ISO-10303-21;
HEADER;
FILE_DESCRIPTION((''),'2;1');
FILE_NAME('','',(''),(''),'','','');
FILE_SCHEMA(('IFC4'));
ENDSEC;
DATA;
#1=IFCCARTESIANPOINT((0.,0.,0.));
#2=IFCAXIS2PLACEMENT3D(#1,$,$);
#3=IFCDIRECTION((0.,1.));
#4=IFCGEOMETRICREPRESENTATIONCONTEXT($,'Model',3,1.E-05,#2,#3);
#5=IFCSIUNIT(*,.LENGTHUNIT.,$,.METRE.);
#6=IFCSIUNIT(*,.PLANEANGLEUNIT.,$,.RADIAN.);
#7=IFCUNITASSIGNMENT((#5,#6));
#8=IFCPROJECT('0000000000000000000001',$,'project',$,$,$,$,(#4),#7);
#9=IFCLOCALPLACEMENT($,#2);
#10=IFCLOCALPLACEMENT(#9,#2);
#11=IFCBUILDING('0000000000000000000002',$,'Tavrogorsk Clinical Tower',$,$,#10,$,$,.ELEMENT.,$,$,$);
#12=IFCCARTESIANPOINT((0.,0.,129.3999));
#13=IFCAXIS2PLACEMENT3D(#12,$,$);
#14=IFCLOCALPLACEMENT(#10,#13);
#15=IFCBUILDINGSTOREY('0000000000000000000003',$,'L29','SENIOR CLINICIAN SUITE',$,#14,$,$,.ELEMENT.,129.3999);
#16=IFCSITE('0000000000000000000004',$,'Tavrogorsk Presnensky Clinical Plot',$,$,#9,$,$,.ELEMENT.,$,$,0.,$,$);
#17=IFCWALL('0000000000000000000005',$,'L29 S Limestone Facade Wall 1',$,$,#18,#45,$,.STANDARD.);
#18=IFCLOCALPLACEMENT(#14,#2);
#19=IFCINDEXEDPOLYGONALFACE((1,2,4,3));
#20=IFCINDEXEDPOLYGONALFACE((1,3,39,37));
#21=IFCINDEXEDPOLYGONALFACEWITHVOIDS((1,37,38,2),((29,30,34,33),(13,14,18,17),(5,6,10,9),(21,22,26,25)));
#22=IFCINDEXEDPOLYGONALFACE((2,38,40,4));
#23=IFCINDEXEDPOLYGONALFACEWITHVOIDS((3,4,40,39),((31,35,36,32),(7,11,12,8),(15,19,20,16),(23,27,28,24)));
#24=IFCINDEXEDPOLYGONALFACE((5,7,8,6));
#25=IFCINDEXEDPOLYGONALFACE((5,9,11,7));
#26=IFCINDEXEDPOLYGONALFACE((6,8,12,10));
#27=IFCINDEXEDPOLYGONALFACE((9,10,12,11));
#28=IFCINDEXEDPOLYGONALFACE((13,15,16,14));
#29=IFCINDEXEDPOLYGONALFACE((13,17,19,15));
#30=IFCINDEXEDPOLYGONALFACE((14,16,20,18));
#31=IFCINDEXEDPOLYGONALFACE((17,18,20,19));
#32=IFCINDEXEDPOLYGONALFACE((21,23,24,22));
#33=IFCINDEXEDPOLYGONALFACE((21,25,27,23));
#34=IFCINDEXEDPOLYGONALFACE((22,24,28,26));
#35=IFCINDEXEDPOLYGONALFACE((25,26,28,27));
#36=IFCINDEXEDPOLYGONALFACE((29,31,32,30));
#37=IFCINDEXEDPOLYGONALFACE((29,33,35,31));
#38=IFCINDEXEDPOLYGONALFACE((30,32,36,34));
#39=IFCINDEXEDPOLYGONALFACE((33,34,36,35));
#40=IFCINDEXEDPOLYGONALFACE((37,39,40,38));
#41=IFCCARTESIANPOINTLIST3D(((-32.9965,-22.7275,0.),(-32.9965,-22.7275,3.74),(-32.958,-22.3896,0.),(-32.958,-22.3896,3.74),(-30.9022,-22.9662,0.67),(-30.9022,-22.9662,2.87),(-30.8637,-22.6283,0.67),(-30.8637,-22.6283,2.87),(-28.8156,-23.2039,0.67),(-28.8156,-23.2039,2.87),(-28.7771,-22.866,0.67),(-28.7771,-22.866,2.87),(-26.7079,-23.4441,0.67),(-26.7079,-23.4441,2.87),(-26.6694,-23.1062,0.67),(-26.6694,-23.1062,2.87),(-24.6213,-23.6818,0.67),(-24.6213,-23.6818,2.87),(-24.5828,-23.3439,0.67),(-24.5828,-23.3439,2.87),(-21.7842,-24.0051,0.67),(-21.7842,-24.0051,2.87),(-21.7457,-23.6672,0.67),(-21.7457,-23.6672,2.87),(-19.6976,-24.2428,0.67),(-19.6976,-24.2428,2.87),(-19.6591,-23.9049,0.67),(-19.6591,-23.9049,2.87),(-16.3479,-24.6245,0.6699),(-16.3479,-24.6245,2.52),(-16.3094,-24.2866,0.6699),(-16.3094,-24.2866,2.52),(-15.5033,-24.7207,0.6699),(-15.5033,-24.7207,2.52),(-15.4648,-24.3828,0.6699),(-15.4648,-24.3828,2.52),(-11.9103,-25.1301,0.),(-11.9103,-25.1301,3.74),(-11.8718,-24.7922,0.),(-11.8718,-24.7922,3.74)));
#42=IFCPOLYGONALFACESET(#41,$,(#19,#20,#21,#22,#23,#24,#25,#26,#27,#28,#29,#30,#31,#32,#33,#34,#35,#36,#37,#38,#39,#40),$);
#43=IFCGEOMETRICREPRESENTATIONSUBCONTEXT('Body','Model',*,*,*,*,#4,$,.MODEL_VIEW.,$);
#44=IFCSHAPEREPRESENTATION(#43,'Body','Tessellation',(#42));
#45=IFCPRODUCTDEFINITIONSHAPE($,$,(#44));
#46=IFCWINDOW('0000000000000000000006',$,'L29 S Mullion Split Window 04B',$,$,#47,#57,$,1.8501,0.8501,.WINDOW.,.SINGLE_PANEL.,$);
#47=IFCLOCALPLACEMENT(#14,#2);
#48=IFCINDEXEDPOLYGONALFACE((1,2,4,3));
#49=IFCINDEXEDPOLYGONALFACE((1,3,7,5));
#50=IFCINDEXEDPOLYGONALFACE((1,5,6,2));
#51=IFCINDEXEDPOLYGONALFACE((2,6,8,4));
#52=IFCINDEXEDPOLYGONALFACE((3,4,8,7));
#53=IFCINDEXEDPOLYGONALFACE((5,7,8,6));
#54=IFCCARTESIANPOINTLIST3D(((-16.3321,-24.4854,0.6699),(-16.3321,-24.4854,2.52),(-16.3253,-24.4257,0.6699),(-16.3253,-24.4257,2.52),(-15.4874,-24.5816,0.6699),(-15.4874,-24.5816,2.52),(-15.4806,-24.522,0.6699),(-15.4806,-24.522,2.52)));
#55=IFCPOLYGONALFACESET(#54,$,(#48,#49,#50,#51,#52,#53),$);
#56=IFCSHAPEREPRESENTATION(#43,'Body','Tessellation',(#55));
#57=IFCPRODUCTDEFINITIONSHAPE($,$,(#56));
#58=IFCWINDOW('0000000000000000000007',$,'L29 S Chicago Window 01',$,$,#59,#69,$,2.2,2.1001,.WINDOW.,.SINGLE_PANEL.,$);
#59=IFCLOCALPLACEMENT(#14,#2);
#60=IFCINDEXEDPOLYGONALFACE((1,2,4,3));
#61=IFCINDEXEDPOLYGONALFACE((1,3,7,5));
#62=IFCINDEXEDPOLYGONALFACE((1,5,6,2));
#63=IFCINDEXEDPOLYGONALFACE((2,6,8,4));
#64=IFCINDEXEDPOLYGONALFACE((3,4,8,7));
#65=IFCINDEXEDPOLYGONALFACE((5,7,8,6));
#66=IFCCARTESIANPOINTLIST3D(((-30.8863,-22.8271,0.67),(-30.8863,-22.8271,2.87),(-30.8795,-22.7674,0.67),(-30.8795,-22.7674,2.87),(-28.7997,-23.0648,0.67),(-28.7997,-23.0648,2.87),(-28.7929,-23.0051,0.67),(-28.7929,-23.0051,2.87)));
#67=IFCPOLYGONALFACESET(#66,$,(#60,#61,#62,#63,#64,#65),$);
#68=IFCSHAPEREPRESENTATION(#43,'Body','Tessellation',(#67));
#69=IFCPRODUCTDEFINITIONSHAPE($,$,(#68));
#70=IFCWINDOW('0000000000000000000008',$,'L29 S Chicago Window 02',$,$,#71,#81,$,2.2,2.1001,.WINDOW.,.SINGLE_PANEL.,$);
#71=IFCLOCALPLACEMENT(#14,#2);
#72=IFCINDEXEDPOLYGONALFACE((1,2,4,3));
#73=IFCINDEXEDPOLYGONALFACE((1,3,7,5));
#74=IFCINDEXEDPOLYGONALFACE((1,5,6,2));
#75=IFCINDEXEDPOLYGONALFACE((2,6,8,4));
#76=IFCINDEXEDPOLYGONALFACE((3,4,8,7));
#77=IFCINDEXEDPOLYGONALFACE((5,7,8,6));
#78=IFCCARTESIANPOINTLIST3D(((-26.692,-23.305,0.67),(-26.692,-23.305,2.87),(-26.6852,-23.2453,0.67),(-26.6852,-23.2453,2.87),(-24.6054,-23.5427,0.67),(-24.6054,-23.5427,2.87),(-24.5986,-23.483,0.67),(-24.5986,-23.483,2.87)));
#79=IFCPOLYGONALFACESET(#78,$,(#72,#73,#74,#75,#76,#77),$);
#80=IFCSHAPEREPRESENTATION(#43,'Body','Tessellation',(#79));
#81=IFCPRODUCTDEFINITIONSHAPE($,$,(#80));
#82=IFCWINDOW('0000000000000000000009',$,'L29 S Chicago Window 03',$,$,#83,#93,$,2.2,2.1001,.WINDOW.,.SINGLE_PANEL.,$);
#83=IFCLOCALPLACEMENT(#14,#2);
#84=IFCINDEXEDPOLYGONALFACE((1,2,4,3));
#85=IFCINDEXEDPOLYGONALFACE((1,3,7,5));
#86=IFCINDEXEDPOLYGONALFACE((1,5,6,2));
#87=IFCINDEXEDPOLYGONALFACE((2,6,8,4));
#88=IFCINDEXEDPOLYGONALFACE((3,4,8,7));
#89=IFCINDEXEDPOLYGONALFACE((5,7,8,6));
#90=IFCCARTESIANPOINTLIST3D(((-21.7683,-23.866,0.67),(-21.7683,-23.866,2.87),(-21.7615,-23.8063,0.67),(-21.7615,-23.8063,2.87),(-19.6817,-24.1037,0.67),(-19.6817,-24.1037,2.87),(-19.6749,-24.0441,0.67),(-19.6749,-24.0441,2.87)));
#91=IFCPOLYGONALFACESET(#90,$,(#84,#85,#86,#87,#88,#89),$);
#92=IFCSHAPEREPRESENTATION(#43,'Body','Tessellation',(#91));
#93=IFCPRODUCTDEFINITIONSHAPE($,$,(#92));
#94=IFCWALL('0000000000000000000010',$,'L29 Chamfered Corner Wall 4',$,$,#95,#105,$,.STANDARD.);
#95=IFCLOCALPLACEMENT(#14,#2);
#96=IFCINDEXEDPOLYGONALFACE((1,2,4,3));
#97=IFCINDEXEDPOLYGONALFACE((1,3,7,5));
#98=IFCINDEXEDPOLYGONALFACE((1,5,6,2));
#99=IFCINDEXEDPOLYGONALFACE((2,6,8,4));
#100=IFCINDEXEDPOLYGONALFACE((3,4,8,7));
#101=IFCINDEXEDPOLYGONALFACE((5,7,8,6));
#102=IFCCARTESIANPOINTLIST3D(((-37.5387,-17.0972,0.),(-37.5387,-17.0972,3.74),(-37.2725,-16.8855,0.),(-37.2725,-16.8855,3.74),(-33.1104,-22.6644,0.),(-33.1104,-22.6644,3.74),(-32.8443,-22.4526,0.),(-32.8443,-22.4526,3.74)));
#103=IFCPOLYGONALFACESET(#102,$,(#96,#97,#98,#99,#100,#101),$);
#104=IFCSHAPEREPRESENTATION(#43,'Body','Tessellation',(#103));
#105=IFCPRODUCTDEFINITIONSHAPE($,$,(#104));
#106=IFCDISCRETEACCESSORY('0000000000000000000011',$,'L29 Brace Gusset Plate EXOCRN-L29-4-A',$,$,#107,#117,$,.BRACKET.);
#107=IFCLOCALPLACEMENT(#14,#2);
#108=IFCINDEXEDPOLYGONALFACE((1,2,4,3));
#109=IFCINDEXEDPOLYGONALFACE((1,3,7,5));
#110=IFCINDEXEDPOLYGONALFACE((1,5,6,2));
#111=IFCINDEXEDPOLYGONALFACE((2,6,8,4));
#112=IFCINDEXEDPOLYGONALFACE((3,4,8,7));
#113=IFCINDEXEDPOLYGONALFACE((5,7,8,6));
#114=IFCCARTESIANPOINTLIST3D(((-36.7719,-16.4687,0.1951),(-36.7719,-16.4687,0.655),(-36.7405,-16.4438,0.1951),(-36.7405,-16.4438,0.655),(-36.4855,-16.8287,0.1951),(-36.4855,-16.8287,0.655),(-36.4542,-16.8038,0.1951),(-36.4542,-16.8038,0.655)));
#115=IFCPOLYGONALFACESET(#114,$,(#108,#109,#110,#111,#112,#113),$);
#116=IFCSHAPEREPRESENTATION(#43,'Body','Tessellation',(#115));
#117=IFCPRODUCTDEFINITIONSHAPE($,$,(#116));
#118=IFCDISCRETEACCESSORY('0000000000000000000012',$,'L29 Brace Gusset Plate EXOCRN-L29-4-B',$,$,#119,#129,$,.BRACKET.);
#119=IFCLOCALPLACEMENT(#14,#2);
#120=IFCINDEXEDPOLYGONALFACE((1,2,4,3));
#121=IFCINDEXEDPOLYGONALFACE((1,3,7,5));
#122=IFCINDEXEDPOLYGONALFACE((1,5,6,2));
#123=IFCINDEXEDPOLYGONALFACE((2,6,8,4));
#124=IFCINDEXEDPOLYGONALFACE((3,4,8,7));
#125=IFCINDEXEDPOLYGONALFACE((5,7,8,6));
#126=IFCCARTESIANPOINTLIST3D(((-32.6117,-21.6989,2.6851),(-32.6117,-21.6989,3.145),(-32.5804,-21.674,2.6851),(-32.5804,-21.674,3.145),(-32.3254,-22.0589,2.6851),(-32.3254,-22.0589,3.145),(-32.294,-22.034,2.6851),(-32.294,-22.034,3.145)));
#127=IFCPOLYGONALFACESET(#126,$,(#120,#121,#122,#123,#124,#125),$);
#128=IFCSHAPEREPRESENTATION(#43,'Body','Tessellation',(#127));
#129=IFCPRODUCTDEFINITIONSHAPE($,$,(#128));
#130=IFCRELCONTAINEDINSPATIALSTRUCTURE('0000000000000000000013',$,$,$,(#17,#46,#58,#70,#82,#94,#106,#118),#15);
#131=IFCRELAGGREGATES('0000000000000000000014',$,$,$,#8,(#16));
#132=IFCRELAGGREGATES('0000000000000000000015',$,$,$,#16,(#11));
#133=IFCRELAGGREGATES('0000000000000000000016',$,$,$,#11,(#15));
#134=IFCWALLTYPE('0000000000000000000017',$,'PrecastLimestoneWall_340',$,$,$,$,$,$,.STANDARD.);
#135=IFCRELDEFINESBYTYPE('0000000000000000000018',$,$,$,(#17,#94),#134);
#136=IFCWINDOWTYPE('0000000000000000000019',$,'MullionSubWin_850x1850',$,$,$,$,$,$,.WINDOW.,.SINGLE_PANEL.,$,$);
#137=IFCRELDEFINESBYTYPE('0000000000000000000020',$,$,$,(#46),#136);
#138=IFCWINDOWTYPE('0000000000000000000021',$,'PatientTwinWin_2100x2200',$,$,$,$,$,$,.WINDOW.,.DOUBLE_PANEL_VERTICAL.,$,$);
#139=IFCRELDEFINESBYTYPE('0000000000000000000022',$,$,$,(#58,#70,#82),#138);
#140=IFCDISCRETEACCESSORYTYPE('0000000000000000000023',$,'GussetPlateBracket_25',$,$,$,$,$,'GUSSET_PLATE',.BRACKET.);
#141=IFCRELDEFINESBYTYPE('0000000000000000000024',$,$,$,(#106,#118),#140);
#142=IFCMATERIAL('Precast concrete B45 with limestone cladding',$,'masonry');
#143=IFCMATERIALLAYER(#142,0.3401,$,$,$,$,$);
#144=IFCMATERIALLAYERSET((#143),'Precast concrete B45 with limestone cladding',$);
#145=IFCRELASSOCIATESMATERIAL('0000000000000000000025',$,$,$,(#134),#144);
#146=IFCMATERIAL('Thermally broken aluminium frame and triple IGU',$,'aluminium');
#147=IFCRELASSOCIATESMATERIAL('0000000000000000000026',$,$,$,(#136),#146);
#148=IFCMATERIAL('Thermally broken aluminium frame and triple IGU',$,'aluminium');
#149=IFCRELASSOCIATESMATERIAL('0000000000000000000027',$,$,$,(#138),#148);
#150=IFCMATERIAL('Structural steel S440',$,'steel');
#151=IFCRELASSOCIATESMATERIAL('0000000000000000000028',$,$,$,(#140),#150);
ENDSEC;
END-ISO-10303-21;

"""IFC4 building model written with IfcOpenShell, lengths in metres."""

from ifc_helpers import new_model, si_unit, direction, frame, frame_2d, origin, origin_2d, place, context, subcontext, project, spatial, rectangle, extrude, material, layer, layer_set, type_object, element, fill, save


model = new_model("IFC4")

# Units and contexts
model_context = context("Model", 3, precision=1e-05, world=origin(), true_north=direction((0.0, 1.0)))
body_context = subcontext(model_context, "Body", "Model", "MODEL_VIEW")
ifc_project = project(units=[si_unit("LENGTHUNIT", "METRE"), si_unit("PLANEANGLEUNIT", "RADIAN")], contexts=[model_context])

# Site, building, storey
site_placement = place(None, origin())
site = spatial("IfcSite", under=ifc_project, at=site_placement, Name="Tavrogorsk Presnensky Clinical Plot", CompositionType="ELEMENT", RefElevation=0.0)
building_placement = place(site_placement, origin())
building = spatial("IfcBuilding", under=site, at=building_placement, Name="Tavrogorsk Clinical Tower", CompositionType="ELEMENT")
storey_placement = place(building_placement, frame((0.0, 0.0, 129.3999)))
storey = spatial("IfcBuildingStorey", under=building, at=storey_placement, Name="L29", Description="SENIOR CLINICIAN SUITE", CompositionType="ELEMENT", Elevation=129.3999)

# Wall, openings, windows
ifc_material_1 = material(Name="Precast concrete B45 with limestone cladding", Category="masonry")
ifc_layer_1 = layer(ifc_material_1, 0.3401)
ifc_layer_set_1 = layer_set([ifc_layer_1], Name="Precast concrete B45 with limestone cladding")
wall_type_1 = type_object("IfcWallType", Name="PrecastLimestoneWall_340", PredefinedType="STANDARD", material=ifc_layer_set_1)
wall_1_placement = place(storey_placement, frame((-32.9773, -22.5586, 0.0), z_axis=(0.0, 0.0, 1.0), x_axis=(0.993571, -0.113209, 0.0)))
wall_1 = element("IfcWall", 1, at=wall_1_placement, inside=storey, type_object=wall_type_1, Name="L29 S Limestone Facade Wall 1", PredefinedType="STANDARD", context=body_context, shape_type="SweptSolid", body=[
    extrude(rectangle(XDim=21.2227, YDim=0.3401, at=frame_2d((10.6113, 0.0))), origin(), (0.0, 0.0, 1.0), 3.74),
])
opening_1_placement = place(wall_1_placement, frame((2.1079, 0.0, 0.6699)))
opening_1 = element("IfcOpeningElement", 2, at=opening_1_placement, cuts=wall_1, PredefinedType="OPENING", context=body_context, shape_type="SweptSolid", body=[
    extrude(rectangle(XDim=2.1001, YDim=2.2, at=frame_2d((1.05, 1.1001))), frame((0.0, 0.1799, 0.0), z_axis=(0.0, -1.0, 0.0), x_axis=(1.0, 0.0, 0.0)), (0.0, 0.0, 1.0), 0.3601),
])
opening_2_placement = place(wall_1_placement, frame((6.3293, 0.0, 0.6699)))
opening_2 = element("IfcOpeningElement", 3, at=opening_2_placement, cuts=wall_1, PredefinedType="OPENING", context=body_context, shape_type="SweptSolid", body=[
    extrude(rectangle(XDim=2.1001, YDim=2.2, at=frame_2d((1.05, 1.1001))), frame((0.0, 0.1799, 0.0), z_axis=(0.0, -1.0, 0.0), x_axis=(1.0, 0.0, 0.0)), (0.0, 0.0, 1.0), 0.3601),
])
opening_3_placement = place(wall_1_placement, frame((11.2849, 0.0, 0.6699)))
opening_3 = element("IfcOpeningElement", 4, at=opening_3_placement, cuts=wall_1, PredefinedType="OPENING", context=body_context, shape_type="SweptSolid", body=[
    extrude(rectangle(XDim=2.1001, YDim=2.2, at=frame_2d((1.05, 1.1001))), frame((0.0, 0.1799, 0.0), z_axis=(0.0, -1.0, 0.0), x_axis=(1.0, 0.0, 0.0)), (0.0, 0.0, 1.0), 0.3601),
])
opening_4_placement = place(wall_1_placement, frame((16.7563, 0.0, 0.6699)))
opening_4 = element("IfcOpeningElement", 5, at=opening_4_placement, cuts=wall_1, PredefinedType="OPENING", context=body_context, shape_type="SweptSolid", body=[
    extrude(rectangle(XDim=0.8501, YDim=1.8501, at=frame_2d((0.425, 0.925))), frame((0.0, 0.1799, 0.0), z_axis=(0.0, -1.0, 0.0), x_axis=(1.0, 0.0, 0.0)), (0.0, 0.0, 1.0), 0.3601),
])
ifc_material_2 = material(Name="Thermally broken aluminium frame and triple IGU", Category="aluminium")
window_type_1 = type_object("IfcWindowType", Name="MullionSubWin_850x1850", PartitioningType="SINGLE_PANEL", PredefinedType="WINDOW", material=ifc_material_2)
window_1_placement = place(opening_4_placement, origin())
window_1 = element("IfcWindow", 6, at=window_1_placement, inside=storey, type_object=window_type_1, Name="L29 S Mullion Split Window 04B", OverallHeight=1.8501, OverallWidth=0.8501, PartitioningType="SINGLE_PANEL", PredefinedType="WINDOW", context=body_context, shape_type="SweptSolid", body=[
    extrude(rectangle(XDim=0.8501, YDim=1.8501, at=frame_2d((0.425, 0.925))), frame((0.0, 0.03, 0.0), z_axis=(0.0, -1.0, 0.0), x_axis=(1.0, 0.0, 0.0)), (0.0, 0.0, 1.0), 0.0601),
])
fill(opening_4, window_1)
ifc_material_3 = material(Name="Thermally broken aluminium frame and triple IGU", Category="aluminium")
window_type_2 = type_object("IfcWindowType", Name="PatientTwinWin_2100x2200", PartitioningType="DOUBLE_PANEL_VERTICAL", PredefinedType="WINDOW", material=ifc_material_3)
window_2_placement = place(opening_1_placement, origin())
window_2 = element("IfcWindow", 7, at=window_2_placement, inside=storey, type_object=window_type_2, Name="L29 S Chicago Window 01", OverallHeight=2.2, OverallWidth=2.1001, PartitioningType="SINGLE_PANEL", PredefinedType="WINDOW", context=body_context, shape_type="SweptSolid", body=[
    extrude(rectangle(XDim=2.1001, YDim=2.2, at=frame_2d((1.05, 1.1001))), frame((0.0, 0.03, 0.0), z_axis=(0.0, -1.0, 0.0), x_axis=(1.0, 0.0, 0.0)), (0.0, 0.0, 1.0), 0.0601),
])
fill(opening_1, window_2)
window_3_placement = place(opening_2_placement, origin())
window_3 = element("IfcWindow", 8, at=window_3_placement, inside=storey, type_object=window_type_2, Name="L29 S Chicago Window 02", OverallHeight=2.2, OverallWidth=2.1001, PartitioningType="SINGLE_PANEL", PredefinedType="WINDOW", context=body_context, shape_type="SweptSolid", body=[
    extrude(rectangle(XDim=2.1001, YDim=2.2, at=frame_2d((1.05, 1.1001))), frame((0.0, 0.03, 0.0), z_axis=(0.0, -1.0, 0.0), x_axis=(1.0, 0.0, 0.0)), (0.0, 0.0, 1.0), 0.0601),
])
fill(opening_2, window_3)
window_4_placement = place(opening_3_placement, origin())
window_4 = element("IfcWindow", 9, at=window_4_placement, inside=storey, type_object=window_type_2, Name="L29 S Chicago Window 03", OverallHeight=2.2, OverallWidth=2.1001, PartitioningType="SINGLE_PANEL", PredefinedType="WINDOW", context=body_context, shape_type="SweptSolid", body=[
    extrude(rectangle(XDim=2.1001, YDim=2.2, at=frame_2d((1.05, 1.1001))), frame((0.0, 0.03, 0.0), z_axis=(0.0, -1.0, 0.0), x_axis=(1.0, 0.0, 0.0)), (0.0, 0.0, 1.0), 0.0601),
])
fill(opening_3, window_4)

# Wall
wall_2_placement = place(storey_placement, frame((-37.4055, -16.9915, 0.0), z_axis=(0.0, 0.0, 1.0), x_axis=(0.622508, -0.782614, 0.0)))
element("IfcWall", 10, at=wall_2_placement, inside=storey, type_object=wall_type_1, Name="L29 Chamfered Corner Wall 4", PredefinedType="STANDARD", context=body_context, shape_type="SweptSolid", body=[
    extrude(rectangle(XDim=7.1135, YDim=0.3401, at=frame_2d((3.5566, 0.0))), origin(), (0.0, 0.0, 1.0), 3.74),
])

# Discrete accessories
ifc_material_4 = material(Name="Structural steel S440", Category="steel")
discrete_accessory_type = type_object("IfcDiscreteAccessoryType", Name="GussetPlateBracket_25", ElementType="GUSSET_PLATE", PredefinedType="BRACKET", material=ifc_material_4)
for number, where, z_axis, x_axis, name in (
    (11, (-36.613, -16.6362, 0.1951), (0.0, 0.0, 1.0), (0.622515, -0.782608, 0.0), "L29 Brace Gusset Plate EXOCRN-L29-4-A"),
    (12, (-32.4529, -21.8665, 2.6851), (0.0, 0.0, 1.0), (0.622515, -0.782608, 0.0), "L29 Brace Gusset Plate EXOCRN-L29-4-B"),
):
    element("IfcDiscreteAccessory", number, at=place(storey_placement, frame(where, z_axis=z_axis, x_axis=x_axis)), inside=storey, type_object=discrete_accessory_type, Name=name, PredefinedType="BRACKET", context=body_context, shape_type="SweptSolid", body=[
        extrude(rectangle(XDim=0.46, YDim=0.04, at=origin_2d()), origin(), (0.0, 0.0, 1.0), 0.46),
    ])

save(model, "model.ifc")
